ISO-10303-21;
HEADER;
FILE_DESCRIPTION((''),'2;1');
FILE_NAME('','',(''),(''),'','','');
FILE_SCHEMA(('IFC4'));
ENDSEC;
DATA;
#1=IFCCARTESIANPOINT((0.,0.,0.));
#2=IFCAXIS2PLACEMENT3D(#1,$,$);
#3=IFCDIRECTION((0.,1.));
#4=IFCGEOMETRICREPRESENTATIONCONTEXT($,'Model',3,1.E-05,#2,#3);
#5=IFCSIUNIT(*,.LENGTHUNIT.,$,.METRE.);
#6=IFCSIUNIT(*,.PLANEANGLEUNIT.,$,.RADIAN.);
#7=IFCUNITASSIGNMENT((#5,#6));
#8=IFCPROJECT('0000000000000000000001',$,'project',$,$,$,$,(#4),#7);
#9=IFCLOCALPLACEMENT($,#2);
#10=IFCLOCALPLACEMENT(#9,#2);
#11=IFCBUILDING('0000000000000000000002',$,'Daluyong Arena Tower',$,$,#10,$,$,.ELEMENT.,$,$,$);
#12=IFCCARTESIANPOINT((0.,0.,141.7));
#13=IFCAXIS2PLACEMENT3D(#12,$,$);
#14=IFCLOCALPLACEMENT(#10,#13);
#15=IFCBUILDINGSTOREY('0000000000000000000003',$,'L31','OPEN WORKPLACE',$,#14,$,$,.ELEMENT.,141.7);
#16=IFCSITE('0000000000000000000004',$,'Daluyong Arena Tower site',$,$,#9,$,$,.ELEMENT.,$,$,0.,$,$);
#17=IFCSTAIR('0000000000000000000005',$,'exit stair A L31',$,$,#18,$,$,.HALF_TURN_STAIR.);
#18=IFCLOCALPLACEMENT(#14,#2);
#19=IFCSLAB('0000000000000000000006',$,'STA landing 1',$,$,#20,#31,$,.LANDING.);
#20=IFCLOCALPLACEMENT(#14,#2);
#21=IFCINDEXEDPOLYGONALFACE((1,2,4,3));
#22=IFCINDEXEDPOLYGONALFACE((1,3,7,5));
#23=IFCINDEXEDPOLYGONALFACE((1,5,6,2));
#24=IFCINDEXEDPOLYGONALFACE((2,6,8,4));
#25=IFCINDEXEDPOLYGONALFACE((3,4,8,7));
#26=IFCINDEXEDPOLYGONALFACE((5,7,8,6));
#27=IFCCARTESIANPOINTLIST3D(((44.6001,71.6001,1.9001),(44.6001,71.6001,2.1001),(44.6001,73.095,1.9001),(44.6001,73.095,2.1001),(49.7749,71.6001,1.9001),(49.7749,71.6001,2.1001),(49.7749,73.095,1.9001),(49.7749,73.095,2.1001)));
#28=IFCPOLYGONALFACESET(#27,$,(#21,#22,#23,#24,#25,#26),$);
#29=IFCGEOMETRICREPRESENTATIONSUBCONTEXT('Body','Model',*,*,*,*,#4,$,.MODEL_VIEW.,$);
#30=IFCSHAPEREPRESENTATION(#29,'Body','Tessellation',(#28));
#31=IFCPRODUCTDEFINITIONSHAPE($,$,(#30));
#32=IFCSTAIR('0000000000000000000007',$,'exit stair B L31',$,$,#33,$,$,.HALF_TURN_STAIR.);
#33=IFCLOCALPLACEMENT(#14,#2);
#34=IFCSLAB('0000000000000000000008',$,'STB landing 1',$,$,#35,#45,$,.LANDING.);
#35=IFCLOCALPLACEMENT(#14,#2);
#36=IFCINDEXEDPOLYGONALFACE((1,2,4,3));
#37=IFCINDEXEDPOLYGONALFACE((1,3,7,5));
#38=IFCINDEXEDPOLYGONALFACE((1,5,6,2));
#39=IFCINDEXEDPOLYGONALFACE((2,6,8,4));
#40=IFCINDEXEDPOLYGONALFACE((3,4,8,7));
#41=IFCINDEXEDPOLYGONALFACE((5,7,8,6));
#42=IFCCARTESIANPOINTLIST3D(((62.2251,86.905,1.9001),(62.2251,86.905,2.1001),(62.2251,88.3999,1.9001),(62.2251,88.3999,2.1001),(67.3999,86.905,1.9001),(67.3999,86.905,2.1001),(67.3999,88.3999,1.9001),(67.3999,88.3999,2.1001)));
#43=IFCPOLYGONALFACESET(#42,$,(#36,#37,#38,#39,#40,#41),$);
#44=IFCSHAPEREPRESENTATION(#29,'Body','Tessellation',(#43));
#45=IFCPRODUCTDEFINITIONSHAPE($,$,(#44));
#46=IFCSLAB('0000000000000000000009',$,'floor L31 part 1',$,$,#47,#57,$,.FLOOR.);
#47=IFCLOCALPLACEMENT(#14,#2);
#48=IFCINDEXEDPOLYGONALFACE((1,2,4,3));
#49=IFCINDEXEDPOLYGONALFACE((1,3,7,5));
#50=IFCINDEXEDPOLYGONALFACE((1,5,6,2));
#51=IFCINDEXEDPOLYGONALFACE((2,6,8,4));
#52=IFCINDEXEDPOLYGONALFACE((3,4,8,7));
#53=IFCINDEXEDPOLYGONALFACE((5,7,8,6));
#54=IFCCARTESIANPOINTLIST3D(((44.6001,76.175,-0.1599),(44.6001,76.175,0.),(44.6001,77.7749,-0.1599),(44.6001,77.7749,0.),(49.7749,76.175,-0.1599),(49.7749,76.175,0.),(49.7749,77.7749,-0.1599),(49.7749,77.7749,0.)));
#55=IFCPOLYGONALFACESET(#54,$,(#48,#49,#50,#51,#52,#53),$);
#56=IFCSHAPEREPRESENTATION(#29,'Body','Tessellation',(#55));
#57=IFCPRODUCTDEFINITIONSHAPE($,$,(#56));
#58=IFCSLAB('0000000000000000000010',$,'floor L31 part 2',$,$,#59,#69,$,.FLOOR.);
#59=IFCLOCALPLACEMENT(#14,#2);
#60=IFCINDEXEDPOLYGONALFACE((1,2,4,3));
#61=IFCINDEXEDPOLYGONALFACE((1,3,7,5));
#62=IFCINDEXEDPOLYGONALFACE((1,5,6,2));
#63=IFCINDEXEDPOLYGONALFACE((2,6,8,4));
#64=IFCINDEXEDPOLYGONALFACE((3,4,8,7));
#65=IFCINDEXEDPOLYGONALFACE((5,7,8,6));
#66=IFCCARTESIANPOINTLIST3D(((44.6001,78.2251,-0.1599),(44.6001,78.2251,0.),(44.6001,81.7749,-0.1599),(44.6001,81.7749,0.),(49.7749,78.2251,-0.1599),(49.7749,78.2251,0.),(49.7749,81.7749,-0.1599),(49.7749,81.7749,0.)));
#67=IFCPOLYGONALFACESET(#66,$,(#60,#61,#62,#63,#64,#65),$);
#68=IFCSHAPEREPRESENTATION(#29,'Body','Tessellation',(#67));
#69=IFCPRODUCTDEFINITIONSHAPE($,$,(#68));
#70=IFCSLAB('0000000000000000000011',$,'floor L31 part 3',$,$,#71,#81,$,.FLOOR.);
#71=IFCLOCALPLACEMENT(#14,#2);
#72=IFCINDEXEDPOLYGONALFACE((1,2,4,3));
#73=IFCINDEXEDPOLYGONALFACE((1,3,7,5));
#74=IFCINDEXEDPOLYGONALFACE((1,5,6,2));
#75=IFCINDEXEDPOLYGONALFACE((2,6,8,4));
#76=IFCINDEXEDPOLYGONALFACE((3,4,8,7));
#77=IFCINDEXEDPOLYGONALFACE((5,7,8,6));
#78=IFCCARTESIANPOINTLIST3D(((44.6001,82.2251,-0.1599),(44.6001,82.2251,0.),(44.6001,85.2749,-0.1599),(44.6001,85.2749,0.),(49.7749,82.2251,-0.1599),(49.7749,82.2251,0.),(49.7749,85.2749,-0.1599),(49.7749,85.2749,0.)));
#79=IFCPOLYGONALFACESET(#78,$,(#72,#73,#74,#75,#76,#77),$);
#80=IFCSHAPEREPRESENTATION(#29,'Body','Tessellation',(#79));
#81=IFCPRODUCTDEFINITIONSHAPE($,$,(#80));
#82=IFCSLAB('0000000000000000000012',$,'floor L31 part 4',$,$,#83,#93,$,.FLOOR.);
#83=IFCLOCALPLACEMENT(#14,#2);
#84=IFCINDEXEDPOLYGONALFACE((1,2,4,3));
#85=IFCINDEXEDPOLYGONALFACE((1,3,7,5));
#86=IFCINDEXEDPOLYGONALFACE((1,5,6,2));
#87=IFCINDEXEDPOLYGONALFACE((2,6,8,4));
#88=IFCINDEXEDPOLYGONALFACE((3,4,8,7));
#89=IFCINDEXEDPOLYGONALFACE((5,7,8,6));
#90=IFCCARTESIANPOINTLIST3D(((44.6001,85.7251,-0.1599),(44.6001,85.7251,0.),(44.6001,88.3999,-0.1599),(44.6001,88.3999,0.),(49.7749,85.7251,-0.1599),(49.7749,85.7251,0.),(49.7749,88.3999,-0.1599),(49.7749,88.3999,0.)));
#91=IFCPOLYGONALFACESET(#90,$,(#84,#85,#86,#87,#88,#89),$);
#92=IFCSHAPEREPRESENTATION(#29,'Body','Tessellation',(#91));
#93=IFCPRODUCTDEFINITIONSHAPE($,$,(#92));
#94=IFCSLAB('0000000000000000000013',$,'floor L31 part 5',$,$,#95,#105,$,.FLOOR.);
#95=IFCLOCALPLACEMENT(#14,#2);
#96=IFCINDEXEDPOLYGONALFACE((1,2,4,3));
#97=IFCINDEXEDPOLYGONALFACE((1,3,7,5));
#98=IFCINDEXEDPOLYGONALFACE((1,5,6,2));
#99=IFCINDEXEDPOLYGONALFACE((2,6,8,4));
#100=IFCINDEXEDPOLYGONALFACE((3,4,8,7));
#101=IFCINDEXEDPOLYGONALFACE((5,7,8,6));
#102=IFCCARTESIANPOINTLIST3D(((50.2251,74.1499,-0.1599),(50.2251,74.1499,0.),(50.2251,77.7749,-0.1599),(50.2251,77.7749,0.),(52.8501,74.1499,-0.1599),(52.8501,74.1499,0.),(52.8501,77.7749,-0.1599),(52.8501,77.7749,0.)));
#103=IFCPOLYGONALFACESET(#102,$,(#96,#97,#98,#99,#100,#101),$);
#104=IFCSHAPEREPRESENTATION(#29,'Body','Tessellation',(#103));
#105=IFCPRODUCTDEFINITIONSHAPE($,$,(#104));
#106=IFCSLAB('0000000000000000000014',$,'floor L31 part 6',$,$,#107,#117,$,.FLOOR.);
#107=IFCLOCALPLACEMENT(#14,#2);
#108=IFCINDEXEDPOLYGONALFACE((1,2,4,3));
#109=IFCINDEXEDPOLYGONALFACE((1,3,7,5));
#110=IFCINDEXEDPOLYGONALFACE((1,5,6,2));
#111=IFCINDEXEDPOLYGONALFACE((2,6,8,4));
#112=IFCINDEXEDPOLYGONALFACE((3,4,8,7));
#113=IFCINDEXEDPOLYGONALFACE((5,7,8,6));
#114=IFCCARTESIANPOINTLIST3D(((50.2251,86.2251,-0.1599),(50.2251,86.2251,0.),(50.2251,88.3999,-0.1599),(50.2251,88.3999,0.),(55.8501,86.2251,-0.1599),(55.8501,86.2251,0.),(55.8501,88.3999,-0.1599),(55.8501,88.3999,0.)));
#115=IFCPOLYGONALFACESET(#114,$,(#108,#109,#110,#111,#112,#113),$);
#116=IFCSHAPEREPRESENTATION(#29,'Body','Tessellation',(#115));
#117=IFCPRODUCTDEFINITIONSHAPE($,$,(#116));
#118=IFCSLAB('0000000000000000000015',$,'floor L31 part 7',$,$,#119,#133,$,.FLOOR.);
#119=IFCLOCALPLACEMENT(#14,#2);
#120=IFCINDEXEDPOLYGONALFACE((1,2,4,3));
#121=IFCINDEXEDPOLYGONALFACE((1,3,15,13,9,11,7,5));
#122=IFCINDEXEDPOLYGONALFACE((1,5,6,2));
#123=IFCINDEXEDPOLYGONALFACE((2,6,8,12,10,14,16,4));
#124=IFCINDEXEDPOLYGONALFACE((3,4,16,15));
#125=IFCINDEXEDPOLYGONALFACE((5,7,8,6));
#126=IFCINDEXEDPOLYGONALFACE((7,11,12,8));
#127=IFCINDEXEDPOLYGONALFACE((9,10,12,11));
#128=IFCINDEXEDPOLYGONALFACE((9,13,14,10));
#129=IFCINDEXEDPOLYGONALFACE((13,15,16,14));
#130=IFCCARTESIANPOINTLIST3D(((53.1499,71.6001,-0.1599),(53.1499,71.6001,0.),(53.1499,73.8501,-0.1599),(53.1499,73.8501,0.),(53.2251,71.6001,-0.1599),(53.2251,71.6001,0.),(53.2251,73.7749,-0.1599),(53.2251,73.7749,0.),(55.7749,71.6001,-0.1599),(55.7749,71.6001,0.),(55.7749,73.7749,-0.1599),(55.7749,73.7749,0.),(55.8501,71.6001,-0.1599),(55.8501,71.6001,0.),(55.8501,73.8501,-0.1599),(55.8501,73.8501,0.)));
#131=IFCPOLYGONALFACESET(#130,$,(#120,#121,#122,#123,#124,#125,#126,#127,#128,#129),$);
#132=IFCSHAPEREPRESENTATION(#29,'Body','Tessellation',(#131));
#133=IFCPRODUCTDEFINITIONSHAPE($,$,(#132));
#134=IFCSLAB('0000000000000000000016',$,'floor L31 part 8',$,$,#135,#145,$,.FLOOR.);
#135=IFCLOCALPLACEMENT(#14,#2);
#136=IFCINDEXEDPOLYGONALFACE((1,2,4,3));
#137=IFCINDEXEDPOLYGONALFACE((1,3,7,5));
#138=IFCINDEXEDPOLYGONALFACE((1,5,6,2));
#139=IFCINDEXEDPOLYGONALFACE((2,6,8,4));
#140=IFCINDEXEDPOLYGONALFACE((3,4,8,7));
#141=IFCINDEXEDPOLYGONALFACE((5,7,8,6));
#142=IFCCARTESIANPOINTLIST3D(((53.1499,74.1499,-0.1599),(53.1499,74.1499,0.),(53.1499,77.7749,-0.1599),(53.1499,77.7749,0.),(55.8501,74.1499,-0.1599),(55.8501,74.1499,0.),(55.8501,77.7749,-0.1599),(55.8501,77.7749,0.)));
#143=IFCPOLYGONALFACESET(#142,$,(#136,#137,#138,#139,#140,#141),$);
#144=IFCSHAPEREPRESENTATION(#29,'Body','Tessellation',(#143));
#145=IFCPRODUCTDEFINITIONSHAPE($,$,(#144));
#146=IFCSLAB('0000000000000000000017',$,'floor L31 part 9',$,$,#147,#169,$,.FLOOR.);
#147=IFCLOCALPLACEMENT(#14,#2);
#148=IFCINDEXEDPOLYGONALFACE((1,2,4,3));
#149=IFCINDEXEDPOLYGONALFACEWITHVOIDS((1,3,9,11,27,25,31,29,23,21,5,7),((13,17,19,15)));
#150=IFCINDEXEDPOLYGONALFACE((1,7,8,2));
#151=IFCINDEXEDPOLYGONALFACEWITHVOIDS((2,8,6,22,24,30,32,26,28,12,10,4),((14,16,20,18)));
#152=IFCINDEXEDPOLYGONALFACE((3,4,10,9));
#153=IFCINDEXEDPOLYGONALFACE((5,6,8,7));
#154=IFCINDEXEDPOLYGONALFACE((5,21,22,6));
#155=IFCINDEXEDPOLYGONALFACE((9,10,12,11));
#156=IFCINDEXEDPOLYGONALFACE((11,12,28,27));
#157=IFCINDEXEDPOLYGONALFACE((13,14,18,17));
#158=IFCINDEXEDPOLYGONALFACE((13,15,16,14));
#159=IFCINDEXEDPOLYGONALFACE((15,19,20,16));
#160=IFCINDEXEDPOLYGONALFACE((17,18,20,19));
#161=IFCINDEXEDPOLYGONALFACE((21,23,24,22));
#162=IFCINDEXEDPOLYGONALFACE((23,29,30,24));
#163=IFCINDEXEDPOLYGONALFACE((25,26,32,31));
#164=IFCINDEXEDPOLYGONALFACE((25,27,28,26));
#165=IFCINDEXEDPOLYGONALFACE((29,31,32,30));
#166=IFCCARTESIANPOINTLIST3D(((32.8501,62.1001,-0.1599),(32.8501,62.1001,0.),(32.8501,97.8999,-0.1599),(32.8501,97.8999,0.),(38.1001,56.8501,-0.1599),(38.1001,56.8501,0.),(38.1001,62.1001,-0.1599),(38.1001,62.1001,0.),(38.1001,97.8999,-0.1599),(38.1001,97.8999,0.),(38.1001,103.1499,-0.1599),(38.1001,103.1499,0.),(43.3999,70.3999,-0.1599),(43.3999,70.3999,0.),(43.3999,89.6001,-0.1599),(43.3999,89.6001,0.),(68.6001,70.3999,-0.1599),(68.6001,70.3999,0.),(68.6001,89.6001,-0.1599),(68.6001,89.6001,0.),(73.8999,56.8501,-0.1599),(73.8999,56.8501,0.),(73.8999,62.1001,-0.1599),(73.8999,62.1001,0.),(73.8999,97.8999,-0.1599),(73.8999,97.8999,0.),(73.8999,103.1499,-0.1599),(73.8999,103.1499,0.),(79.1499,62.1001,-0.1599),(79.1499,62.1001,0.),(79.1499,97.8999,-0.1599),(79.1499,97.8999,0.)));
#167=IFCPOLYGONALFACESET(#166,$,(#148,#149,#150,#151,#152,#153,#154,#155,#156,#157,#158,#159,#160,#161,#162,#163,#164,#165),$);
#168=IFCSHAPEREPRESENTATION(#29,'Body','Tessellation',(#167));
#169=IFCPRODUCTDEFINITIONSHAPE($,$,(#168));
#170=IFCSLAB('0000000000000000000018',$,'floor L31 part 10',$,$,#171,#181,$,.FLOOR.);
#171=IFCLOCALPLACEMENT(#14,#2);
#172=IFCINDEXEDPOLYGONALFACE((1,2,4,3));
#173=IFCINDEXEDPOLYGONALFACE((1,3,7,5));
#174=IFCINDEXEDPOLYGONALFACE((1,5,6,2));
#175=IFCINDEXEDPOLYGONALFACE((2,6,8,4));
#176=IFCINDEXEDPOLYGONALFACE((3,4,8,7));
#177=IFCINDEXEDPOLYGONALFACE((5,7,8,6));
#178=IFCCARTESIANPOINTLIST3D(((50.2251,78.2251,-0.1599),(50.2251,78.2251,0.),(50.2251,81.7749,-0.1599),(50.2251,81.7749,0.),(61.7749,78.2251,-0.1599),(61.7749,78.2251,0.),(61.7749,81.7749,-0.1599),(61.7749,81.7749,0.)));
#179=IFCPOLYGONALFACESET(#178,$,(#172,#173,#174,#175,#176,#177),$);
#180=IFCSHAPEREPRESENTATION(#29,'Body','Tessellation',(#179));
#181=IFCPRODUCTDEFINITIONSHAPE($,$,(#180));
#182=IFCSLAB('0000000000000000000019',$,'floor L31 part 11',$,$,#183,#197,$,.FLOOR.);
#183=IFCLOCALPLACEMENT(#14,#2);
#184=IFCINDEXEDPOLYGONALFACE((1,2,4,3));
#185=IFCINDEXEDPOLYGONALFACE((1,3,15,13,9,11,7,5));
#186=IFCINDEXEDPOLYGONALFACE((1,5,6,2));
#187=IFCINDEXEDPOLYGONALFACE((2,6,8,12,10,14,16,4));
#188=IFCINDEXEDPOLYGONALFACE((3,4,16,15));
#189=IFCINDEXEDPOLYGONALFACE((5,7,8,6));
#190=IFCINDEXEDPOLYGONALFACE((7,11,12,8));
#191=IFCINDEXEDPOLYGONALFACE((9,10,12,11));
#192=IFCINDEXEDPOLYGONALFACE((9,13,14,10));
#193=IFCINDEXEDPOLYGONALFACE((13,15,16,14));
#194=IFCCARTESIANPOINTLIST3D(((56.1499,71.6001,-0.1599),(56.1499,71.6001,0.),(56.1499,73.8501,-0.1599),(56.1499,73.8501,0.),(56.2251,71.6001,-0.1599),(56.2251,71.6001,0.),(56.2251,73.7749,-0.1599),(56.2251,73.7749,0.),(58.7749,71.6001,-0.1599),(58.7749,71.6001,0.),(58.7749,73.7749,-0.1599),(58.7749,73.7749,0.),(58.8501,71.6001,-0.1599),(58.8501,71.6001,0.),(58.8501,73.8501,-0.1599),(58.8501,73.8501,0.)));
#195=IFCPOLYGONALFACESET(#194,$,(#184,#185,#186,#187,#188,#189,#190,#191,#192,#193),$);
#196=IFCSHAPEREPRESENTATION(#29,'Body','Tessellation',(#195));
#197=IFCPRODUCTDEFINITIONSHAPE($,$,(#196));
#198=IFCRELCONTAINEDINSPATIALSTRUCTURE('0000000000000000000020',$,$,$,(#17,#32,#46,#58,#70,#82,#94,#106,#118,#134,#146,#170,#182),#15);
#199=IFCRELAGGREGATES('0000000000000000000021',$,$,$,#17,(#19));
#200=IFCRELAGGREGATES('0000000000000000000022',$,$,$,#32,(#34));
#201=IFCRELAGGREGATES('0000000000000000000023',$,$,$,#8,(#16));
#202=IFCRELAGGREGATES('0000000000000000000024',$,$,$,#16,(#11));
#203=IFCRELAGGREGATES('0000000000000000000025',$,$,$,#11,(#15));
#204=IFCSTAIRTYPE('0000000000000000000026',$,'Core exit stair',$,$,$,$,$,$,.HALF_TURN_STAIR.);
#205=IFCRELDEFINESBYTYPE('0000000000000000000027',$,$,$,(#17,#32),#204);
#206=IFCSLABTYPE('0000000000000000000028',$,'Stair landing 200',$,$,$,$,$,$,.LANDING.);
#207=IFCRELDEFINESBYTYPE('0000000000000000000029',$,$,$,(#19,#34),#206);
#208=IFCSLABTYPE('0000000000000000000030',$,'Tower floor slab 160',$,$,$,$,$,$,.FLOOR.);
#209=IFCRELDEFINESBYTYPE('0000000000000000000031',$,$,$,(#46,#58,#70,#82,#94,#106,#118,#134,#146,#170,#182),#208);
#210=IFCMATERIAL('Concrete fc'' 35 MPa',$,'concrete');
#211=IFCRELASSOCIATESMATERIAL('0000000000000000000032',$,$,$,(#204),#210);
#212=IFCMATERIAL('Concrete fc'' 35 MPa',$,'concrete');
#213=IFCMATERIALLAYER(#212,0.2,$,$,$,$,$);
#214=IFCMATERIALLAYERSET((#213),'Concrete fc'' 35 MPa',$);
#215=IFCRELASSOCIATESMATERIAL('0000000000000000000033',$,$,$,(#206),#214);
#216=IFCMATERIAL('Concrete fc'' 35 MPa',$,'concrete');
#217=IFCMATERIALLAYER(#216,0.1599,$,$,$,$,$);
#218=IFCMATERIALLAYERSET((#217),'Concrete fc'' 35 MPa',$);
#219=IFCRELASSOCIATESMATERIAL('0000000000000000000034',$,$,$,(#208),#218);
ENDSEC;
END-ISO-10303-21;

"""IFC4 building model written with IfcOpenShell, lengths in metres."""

from ifc_helpers import new_model, si_unit, direction, frame, origin, place, context, subcontext, project, spatial, polyline, outline, extrude, material, layer, layer_set, type_object, element, aggregate, save


model = new_model("IFC4")

# Units and contexts
model_context = context("Model", 3, precision=1e-05, world=origin(), true_north=direction((0.0, 1.0)))
body_context = subcontext(model_context, "Body", "Model", "MODEL_VIEW")
ifc_project = project(units=[si_unit("LENGTHUNIT", "METRE"), si_unit("PLANEANGLEUNIT", "RADIAN")], contexts=[model_context])

# Site, building, storey
site_placement = place(None, origin())
site = spatial("IfcSite", under=ifc_project, at=site_placement, Name="Daluyong Arena Tower site", CompositionType="ELEMENT", RefElevation=0.0)
building_placement = place(site_placement, origin())
building = spatial("IfcBuilding", under=site, at=building_placement, Name="Daluyong Arena Tower", CompositionType="ELEMENT")
storey_placement = place(building_placement, frame((0.0, 0.0, 141.7)))
storey = spatial("IfcBuildingStorey", under=building, at=storey_placement, Name="L31", Description="OPEN WORKPLACE", CompositionType="ELEMENT", Elevation=141.7)

# Stairs, slabs
ifc_material_1 = material(Name="Concrete fc' 35 MPa", Category="concrete")
stair_type = type_object("IfcStairType", Name="Core exit stair", PredefinedType="HALF_TURN_STAIR", material=ifc_material_1)
stair_1_placement = place(storey_placement, origin())
stair_1 = element("IfcStair", 1, at=stair_1_placement, inside=storey, type_object=stair_type, Name="exit stair A L31", PredefinedType="HALF_TURN_STAIR")
ifc_material_2 = material(Name="Concrete fc' 35 MPa", Category="concrete")
ifc_layer_1 = layer(ifc_material_2, 0.2)
ifc_layer_set_1 = layer_set([ifc_layer_1], Name="Concrete fc' 35 MPa")
slab_type_1 = type_object("IfcSlabType", Name="Stair landing 200", PredefinedType="LANDING", material=ifc_layer_set_1)
slab_1_placement = place(storey_placement, frame((0.0, 0.0, 1.9001)))
slab_1 = element("IfcSlab", 2, at=slab_1_placement, type_object=slab_type_1, Name="STA landing 1", PredefinedType="LANDING", context=body_context, shape_type="SweptSolid", body=[
    extrude(outline(polyline([(44.6001, 71.6001), (49.7749, 71.6001), (49.7749, 73.095), (44.6001, 73.095), (44.6001, 71.6001)])), origin(), (0.0, 0.0, 1.0), 0.2),
])
aggregate(stair_1, [slab_1])
stair_2_placement = place(storey_placement, origin())
stair_2 = element("IfcStair", 3, at=stair_2_placement, inside=storey, type_object=stair_type, Name="exit stair B L31", PredefinedType="HALF_TURN_STAIR")
slab_2_placement = place(storey_placement, frame((0.0, 0.0, 1.9001)))
slab_2 = element("IfcSlab", 4, at=slab_2_placement, type_object=slab_type_1, Name="STB landing 1", PredefinedType="LANDING", context=body_context, shape_type="SweptSolid", body=[
    extrude(outline(polyline([(62.2251, 86.905), (67.3999, 86.905), (67.3999, 88.3999), (62.2251, 88.3999), (62.2251, 86.905)])), origin(), (0.0, 0.0, 1.0), 0.2),
])
aggregate(stair_2, [slab_2])

# Slabs
ifc_material_3 = material(Name="Concrete fc' 35 MPa", Category="concrete")
ifc_layer_2 = layer(ifc_material_3, 0.1599)
ifc_layer_set_2 = layer_set([ifc_layer_2], Name="Concrete fc' 35 MPa")
slab_type_2 = type_object("IfcSlabType", Name="Tower floor slab 160", PredefinedType="FLOOR", material=ifc_layer_set_2)
slab_3_placement = place(storey_placement, frame((0.0, 0.0, -0.1599)))
element("IfcSlab", 5, at=slab_3_placement, inside=storey, type_object=slab_type_2, Name="floor L31 part 1", PredefinedType="FLOOR", context=body_context, shape_type="SweptSolid", body=[
    extrude(outline(polyline([(49.7749, 76.175), (49.7749, 77.7749), (44.6001, 77.7749), (44.6001, 76.175), (49.7749, 76.175)])), origin(), (0.0, 0.0, 1.0), 0.1599),
])
slab_4_placement = place(storey_placement, frame((0.0, 0.0, -0.1599)))
element("IfcSlab", 6, at=slab_4_placement, inside=storey, type_object=slab_type_2, Name="floor L31 part 2", PredefinedType="FLOOR", context=body_context, shape_type="SweptSolid", body=[
    extrude(outline(polyline([(44.6001, 78.2251), (49.7749, 78.2251), (49.7749, 81.7749), (44.6001, 81.7749), (44.6001, 78.2251)])), origin(), (0.0, 0.0, 1.0), 0.1599),
])
slab_5_placement = place(storey_placement, frame((0.0, 0.0, -0.1599)))
element("IfcSlab", 7, at=slab_5_placement, inside=storey, type_object=slab_type_2, Name="floor L31 part 3", PredefinedType="FLOOR", context=body_context, shape_type="SweptSolid", body=[
    extrude(outline(polyline([(44.6001, 82.2251), (49.7749, 82.2251), (49.7749, 85.2749), (44.6001, 85.2749), (44.6001, 82.2251)])), origin(), (0.0, 0.0, 1.0), 0.1599),
])
slab_6_placement = place(storey_placement, frame((0.0, 0.0, -0.1599)))
element("IfcSlab", 8, at=slab_6_placement, inside=storey, type_object=slab_type_2, Name="floor L31 part 4", PredefinedType="FLOOR", context=body_context, shape_type="SweptSolid", body=[
    extrude(outline(polyline([(49.7749, 88.3999), (44.6001, 88.3999), (44.6001, 85.7251), (49.7749, 85.7251), (49.7749, 88.3999)])), origin(), (0.0, 0.0, 1.0), 0.1599),
])
slab_7_placement = place(storey_placement, frame((0.0, 0.0, -0.1599)))
element("IfcSlab", 9, at=slab_7_placement, inside=storey, type_object=slab_type_2, Name="floor L31 part 5", PredefinedType="FLOOR", context=body_context, shape_type="SweptSolid", body=[
    extrude(outline(polyline([(52.8501, 77.7749), (50.2251, 77.7749), (50.2251, 74.1499), (52.8501, 74.1499), (52.8501, 77.7749)])), origin(), (0.0, 0.0, 1.0), 0.1599),
])
slab_8_placement = place(storey_placement, frame((0.0, 0.0, -0.1599)))
element("IfcSlab", 10, at=slab_8_placement, inside=storey, type_object=slab_type_2, Name="floor L31 part 6", PredefinedType="FLOOR", context=body_context, shape_type="SweptSolid", body=[
    extrude(outline(polyline([(55.8501, 88.3999), (50.2251, 88.3999), (50.2251, 86.2251), (55.8501, 86.2251), (55.8501, 88.3999)])), origin(), (0.0, 0.0, 1.0), 0.1599),
])
slab_9_placement = place(storey_placement, frame((0.0, 0.0, -0.1599)))
element("IfcSlab", 11, at=slab_9_placement, inside=storey, type_object=slab_type_2, Name="floor L31 part 7", PredefinedType="FLOOR", context=body_context, shape_type="SweptSolid", body=[
    extrude(outline(polyline([(55.7749, 73.7749), (55.7749, 71.6001), (55.8501, 71.6001), (55.8501, 73.8501), (53.1499, 73.8501), (53.1499, 71.6001), (53.2251, 71.6001), (53.2251, 73.7749), (55.7749, 73.7749)])), origin(), (0.0, 0.0, 1.0), 0.1599),
])
slab_10_placement = place(storey_placement, frame((0.0, 0.0, -0.1599)))
element("IfcSlab", 12, at=slab_10_placement, inside=storey, type_object=slab_type_2, Name="floor L31 part 8", PredefinedType="FLOOR", context=body_context, shape_type="SweptSolid", body=[
    extrude(outline(polyline([(55.8501, 77.7749), (53.1499, 77.7749), (53.1499, 74.1499), (55.8501, 74.1499), (55.8501, 77.7749)])), origin(), (0.0, 0.0, 1.0), 0.1599),
])
slab_11_placement = place(storey_placement, frame((0.0, 0.0, -0.1599)))
element("IfcSlab", 13, at=slab_11_placement, inside=storey, type_object=slab_type_2, Name="floor L31 part 9", PredefinedType="FLOOR", context=body_context, shape_type="SweptSolid", body=[
    extrude(outline(polyline([(38.1001, 62.1001), (38.1001, 56.8501), (73.8999, 56.8501), (73.8999, 62.1001), (79.1499, 62.1001), (79.1499, 97.8999), (73.8999, 97.8999), (73.8999, 103.1499), (38.1001, 103.1499), (38.1001, 97.8999), (32.8501, 97.8999), (32.8501, 62.1001), (38.1001, 62.1001)]), holes=[polyline([(68.6001, 89.6001), (68.6001, 70.3999), (43.3999, 70.3999), (43.3999, 89.6001), (68.6001, 89.6001)])]), origin(), (0.0, 0.0, 1.0), 0.1599),
])
slab_12_placement = place(storey_placement, frame((0.0, 0.0, -0.1599)))
element("IfcSlab", 14, at=slab_12_placement, inside=storey, type_object=slab_type_2, Name="floor L31 part 10", PredefinedType="FLOOR", context=body_context, shape_type="SweptSolid", body=[
    extrude(outline(polyline([(61.7749, 78.2251), (61.7749, 81.7749), (50.2251, 81.7749), (50.2251, 78.2251), (61.7749, 78.2251)])), origin(), (0.0, 0.0, 1.0), 0.1599),
])
slab_13_placement = place(storey_placement, frame((0.0, 0.0, -0.1599)))
element("IfcSlab", 15, at=slab_13_placement, inside=storey, type_object=slab_type_2, Name="floor L31 part 11", PredefinedType="FLOOR", context=body_context, shape_type="SweptSolid", body=[
    extrude(outline(polyline([(58.8501, 71.6001), (58.8501, 73.8501), (56.1499, 73.8501), (56.1499, 71.6001), (56.2251, 71.6001), (56.2251, 73.7749), (58.7749, 73.7749), (58.7749, 71.6001), (58.8501, 71.6001)])), origin(), (0.0, 0.0, 1.0), 0.1599),
])

save(model, "model.ifc")
